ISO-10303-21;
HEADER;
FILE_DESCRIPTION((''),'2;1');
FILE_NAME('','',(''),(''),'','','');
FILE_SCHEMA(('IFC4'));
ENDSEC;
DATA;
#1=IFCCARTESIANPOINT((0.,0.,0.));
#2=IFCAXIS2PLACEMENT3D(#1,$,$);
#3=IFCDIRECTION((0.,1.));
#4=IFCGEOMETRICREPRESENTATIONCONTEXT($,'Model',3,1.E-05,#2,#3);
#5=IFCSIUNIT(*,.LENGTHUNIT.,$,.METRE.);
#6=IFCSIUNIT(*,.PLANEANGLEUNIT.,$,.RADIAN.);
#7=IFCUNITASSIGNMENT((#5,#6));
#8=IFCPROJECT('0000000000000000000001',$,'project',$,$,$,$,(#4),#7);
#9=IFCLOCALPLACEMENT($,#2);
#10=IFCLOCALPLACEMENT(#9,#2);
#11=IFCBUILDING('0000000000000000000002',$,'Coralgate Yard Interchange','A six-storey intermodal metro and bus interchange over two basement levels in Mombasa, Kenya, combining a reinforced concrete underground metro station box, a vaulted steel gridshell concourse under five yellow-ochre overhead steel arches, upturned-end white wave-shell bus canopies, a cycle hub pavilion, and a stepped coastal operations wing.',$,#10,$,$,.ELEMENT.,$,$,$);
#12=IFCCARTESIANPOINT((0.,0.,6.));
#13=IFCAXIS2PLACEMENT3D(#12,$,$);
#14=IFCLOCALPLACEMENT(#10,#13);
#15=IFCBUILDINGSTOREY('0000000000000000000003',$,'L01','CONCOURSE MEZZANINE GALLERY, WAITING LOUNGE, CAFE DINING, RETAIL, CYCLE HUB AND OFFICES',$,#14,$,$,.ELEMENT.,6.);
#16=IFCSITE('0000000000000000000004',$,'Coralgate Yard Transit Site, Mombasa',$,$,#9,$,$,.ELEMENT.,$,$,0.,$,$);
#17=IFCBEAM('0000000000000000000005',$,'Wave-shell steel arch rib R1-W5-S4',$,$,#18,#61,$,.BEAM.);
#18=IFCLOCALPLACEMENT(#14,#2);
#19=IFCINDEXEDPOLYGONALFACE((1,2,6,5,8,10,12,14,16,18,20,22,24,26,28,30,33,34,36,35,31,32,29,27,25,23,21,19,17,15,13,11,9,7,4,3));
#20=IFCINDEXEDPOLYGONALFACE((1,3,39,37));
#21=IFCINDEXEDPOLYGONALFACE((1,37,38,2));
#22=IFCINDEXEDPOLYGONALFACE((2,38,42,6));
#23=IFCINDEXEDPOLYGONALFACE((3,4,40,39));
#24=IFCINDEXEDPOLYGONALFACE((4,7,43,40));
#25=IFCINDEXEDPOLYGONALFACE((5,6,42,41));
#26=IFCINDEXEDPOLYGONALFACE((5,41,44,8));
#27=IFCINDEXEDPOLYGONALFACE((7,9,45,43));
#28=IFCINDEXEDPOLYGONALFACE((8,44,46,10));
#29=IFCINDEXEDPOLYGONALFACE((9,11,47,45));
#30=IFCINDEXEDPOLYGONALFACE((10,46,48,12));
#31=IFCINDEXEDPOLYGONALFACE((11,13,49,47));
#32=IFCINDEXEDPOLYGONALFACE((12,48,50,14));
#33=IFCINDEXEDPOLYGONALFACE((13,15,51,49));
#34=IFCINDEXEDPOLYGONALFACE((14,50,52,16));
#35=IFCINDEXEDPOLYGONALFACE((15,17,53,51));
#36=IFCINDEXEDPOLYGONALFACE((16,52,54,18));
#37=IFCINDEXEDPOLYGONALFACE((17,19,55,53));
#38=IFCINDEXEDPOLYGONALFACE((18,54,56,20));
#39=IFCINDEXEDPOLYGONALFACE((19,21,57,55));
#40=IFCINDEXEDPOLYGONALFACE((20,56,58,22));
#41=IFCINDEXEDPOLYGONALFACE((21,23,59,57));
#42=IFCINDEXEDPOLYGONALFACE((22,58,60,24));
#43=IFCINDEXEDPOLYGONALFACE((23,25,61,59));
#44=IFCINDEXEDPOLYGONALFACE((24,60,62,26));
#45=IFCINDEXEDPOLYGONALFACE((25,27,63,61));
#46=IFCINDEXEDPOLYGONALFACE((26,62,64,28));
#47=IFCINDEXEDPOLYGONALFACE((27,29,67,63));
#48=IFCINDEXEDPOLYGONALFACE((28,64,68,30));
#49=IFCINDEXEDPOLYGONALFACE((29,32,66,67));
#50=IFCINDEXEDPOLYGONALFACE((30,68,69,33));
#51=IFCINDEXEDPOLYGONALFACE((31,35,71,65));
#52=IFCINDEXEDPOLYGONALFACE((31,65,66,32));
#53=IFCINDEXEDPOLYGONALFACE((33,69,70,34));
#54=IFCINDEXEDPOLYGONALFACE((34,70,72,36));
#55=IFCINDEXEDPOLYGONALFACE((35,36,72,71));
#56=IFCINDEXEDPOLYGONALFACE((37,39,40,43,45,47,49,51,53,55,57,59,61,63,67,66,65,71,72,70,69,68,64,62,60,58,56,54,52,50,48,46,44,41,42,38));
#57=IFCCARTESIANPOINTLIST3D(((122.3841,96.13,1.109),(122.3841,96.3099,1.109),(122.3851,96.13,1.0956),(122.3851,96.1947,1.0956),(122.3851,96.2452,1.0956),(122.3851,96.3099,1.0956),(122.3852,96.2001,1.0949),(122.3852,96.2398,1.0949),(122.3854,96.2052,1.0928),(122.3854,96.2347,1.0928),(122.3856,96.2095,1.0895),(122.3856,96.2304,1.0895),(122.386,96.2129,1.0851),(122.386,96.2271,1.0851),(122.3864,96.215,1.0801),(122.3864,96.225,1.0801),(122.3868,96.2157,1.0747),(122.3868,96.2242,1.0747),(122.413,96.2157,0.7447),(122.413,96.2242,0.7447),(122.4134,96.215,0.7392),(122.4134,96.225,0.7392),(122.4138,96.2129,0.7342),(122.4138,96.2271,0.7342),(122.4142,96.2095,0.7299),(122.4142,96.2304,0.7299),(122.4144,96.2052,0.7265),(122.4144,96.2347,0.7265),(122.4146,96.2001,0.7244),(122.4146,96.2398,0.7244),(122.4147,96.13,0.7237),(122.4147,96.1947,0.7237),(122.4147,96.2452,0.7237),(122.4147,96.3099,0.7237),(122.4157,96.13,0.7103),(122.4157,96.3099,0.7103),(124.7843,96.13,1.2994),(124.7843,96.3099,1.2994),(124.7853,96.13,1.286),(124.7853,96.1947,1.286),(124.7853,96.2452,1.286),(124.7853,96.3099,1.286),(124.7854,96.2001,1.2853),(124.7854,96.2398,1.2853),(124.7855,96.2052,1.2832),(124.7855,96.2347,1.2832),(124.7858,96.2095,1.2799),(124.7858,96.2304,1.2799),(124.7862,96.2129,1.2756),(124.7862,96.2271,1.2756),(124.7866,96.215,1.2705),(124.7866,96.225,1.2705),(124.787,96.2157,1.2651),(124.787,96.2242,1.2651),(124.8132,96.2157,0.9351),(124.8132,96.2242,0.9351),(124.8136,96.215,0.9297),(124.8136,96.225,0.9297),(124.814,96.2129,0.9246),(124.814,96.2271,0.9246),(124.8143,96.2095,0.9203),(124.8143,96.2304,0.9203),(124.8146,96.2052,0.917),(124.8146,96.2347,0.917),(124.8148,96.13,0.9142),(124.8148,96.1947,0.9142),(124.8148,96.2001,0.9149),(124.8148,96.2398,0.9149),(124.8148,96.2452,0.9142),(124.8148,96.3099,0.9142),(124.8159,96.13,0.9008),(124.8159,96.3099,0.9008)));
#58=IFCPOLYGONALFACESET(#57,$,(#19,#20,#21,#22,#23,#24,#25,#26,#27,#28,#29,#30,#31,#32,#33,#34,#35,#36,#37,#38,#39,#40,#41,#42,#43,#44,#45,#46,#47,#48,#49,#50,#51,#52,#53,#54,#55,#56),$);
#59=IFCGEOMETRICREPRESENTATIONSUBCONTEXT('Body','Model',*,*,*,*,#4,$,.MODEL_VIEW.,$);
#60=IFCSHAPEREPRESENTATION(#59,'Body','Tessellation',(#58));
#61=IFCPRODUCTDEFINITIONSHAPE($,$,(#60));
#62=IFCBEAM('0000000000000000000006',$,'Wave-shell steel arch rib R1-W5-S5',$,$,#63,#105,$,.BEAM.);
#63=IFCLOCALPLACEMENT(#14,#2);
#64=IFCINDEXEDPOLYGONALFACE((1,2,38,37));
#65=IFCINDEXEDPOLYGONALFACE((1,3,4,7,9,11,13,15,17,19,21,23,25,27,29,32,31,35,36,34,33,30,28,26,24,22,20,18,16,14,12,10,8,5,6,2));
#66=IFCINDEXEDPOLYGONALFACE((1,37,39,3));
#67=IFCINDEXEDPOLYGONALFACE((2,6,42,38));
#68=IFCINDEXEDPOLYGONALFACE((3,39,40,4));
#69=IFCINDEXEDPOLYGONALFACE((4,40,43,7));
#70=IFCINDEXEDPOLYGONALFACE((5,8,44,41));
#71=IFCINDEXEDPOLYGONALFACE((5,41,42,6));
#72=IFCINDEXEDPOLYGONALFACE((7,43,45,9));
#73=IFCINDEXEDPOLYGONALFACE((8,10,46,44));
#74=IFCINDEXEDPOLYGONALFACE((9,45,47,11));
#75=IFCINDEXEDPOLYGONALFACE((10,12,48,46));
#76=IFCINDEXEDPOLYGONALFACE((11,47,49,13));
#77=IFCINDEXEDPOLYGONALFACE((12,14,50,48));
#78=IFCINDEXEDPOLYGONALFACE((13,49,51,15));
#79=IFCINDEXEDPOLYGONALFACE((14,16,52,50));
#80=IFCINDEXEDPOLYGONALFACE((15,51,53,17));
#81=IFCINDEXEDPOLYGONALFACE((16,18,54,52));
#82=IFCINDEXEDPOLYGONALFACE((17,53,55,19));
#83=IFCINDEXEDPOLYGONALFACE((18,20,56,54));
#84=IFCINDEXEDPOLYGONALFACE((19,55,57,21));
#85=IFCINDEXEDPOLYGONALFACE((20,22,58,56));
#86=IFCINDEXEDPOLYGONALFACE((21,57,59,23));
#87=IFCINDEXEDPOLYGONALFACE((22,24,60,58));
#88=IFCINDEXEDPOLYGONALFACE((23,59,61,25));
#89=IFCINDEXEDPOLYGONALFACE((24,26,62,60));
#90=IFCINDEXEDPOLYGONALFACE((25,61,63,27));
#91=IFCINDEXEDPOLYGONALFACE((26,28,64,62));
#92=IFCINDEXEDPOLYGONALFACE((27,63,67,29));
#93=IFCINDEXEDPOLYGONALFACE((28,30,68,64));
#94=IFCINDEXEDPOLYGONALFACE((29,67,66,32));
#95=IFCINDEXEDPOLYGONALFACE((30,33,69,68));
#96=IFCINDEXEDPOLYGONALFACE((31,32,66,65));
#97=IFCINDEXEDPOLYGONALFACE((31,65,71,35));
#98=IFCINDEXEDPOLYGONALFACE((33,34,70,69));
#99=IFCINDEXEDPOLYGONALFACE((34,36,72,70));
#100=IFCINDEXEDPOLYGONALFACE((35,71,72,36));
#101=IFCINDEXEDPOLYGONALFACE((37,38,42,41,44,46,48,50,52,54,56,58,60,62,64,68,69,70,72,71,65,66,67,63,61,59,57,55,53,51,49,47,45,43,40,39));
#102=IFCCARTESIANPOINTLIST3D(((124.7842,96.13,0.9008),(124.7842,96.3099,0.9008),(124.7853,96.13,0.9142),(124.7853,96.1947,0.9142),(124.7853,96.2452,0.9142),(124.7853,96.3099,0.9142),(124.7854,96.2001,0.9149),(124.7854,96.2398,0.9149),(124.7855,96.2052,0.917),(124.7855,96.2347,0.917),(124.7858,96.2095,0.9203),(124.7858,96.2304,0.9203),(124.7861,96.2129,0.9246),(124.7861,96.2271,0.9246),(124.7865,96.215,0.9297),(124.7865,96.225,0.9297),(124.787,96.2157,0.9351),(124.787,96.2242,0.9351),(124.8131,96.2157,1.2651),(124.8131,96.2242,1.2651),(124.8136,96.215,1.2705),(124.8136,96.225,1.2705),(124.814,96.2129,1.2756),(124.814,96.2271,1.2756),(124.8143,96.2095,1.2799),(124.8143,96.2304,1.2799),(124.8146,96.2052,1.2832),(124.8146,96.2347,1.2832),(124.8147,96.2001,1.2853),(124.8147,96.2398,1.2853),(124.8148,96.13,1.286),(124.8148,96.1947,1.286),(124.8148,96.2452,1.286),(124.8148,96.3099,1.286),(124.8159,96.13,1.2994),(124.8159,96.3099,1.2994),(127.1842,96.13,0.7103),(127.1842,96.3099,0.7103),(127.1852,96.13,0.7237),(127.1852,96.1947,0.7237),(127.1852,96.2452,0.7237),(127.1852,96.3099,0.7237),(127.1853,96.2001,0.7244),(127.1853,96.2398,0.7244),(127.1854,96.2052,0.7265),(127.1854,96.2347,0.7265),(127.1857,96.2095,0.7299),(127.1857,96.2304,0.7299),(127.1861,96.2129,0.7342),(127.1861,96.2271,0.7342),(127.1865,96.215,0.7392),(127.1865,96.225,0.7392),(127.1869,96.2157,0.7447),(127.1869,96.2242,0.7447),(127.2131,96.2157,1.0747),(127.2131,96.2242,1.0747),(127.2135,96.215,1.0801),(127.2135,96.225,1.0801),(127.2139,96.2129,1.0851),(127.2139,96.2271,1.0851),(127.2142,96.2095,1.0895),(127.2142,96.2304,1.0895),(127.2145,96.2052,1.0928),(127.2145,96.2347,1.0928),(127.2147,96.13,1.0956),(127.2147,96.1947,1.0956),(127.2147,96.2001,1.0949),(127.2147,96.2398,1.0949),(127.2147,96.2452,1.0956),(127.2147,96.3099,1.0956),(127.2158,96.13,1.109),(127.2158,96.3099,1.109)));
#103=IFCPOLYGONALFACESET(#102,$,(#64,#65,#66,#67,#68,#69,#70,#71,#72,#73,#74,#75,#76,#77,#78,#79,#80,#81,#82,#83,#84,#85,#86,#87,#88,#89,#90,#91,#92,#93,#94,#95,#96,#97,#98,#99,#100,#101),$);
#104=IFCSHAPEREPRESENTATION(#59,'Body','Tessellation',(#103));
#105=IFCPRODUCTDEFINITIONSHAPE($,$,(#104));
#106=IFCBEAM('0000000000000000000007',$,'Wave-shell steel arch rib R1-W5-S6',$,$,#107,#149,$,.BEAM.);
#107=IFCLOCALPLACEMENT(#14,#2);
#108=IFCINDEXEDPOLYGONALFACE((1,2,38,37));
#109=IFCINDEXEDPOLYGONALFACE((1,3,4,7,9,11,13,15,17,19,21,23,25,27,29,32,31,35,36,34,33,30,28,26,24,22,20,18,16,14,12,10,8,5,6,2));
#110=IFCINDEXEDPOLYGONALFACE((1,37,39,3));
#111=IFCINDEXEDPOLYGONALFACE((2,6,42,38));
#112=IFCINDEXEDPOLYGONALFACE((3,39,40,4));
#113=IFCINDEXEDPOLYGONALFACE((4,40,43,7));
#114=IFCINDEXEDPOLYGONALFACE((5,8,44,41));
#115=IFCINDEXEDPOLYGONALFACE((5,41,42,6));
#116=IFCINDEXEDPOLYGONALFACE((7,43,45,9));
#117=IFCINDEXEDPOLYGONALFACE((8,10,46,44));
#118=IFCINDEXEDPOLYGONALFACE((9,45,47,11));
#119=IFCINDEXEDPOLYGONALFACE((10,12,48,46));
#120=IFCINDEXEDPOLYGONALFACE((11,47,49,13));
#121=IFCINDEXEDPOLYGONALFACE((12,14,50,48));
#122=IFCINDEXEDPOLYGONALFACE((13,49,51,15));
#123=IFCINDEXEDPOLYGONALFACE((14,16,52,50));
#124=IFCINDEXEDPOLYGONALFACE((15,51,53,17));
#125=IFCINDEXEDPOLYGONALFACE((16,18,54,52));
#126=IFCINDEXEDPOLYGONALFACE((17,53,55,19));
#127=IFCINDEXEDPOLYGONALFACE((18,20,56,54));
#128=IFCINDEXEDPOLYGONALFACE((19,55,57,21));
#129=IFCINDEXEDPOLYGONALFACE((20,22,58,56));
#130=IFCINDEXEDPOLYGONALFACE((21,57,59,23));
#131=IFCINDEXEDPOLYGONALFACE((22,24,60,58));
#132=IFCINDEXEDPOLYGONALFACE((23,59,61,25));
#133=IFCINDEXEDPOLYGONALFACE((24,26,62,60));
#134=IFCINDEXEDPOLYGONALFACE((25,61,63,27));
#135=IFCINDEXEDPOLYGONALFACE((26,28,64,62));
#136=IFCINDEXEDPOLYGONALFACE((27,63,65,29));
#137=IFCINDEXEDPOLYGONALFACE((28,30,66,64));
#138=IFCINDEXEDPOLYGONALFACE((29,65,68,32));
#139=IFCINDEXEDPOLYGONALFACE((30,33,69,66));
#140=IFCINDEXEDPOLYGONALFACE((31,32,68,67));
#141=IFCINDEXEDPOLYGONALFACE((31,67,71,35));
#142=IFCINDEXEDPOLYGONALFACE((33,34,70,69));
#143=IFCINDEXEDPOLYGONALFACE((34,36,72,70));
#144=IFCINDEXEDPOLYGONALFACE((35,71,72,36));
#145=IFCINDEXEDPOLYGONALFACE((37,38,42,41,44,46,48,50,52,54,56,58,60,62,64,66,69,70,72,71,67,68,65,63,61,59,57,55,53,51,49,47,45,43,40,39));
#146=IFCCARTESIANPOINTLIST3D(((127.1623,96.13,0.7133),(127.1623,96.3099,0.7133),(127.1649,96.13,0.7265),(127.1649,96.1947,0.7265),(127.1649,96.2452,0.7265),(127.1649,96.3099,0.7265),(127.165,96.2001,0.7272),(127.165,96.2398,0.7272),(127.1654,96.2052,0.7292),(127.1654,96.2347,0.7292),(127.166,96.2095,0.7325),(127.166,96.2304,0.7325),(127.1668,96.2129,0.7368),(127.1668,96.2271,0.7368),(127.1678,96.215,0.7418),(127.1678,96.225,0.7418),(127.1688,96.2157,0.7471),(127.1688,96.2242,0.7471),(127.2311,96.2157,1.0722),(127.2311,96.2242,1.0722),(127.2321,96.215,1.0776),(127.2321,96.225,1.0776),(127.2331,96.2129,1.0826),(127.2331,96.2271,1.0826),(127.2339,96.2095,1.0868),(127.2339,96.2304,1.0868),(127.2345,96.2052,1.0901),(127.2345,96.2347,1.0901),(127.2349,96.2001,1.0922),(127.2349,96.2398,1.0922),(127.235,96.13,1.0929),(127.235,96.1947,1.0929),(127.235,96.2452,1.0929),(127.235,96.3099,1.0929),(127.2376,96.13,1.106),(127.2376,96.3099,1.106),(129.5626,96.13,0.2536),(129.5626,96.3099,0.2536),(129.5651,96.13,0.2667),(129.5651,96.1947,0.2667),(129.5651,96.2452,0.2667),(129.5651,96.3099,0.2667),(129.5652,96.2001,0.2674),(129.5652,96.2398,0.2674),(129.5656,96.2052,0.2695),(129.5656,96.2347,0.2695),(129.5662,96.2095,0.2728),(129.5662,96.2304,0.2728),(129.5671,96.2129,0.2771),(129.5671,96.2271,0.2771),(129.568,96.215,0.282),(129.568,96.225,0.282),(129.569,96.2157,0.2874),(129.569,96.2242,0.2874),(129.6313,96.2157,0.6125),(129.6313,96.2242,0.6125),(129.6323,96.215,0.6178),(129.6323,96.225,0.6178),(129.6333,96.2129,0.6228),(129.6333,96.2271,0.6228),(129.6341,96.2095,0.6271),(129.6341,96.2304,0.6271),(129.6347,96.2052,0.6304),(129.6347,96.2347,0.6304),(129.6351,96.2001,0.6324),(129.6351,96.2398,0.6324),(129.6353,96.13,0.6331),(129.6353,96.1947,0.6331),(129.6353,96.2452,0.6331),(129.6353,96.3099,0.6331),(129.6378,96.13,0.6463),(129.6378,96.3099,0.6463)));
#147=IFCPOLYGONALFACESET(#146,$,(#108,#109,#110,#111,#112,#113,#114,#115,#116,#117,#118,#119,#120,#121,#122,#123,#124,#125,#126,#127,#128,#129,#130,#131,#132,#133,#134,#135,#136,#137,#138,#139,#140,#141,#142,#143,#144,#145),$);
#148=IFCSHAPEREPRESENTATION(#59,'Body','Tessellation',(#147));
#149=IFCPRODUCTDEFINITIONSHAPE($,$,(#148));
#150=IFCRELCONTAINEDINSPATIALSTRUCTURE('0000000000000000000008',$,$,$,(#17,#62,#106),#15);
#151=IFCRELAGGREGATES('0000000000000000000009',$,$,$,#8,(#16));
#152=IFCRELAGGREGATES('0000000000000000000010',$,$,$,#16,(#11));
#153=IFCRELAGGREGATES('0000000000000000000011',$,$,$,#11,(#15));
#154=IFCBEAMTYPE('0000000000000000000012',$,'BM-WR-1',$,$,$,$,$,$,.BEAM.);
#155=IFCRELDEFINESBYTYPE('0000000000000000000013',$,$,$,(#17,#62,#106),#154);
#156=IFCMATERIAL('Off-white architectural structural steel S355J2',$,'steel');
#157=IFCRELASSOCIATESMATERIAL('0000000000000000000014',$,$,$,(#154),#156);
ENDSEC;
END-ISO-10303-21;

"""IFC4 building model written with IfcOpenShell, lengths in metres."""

from ifc_helpers import new_model, si_unit, direction, frame, origin, origin_2d, place, context, subcontext, project, spatial, i_section, extrude, material, material_profile, profile_set, type_object, element, save


model = new_model("IFC4")

# Units and contexts
model_context = context("Model", 3, precision=1e-05, world=origin(), true_north=direction((0.0, 1.0)))
body_context = subcontext(model_context, "Body", "Model", "MODEL_VIEW")
ifc_project = project(units=[si_unit("LENGTHUNIT", "METRE"), si_unit("PLANEANGLEUNIT", "RADIAN")], contexts=[model_context])

# Site, building, storey
site_placement = place(None, origin())
site = spatial("IfcSite", under=ifc_project, at=site_placement, Name="Coralgate Yard Transit Site, Mombasa", CompositionType="ELEMENT", RefElevation=0.0)
building_placement = place(site_placement, origin())
building = spatial("IfcBuilding", under=site, at=building_placement, Name="Coralgate Yard Interchange", Description="A six-storey intermodal metro and bus interchange over two basement levels in Mombasa, Kenya, combining a reinforced concrete underground metro station box, a vaulted steel gridshell concourse under five yellow-ochre overhead steel arches, upturned-end white wave-shell bus canopies, a cycle hub pavilion, and a stepped coastal operations wing.", CompositionType="ELEMENT")
storey_placement = place(building_placement, frame((0.0, 0.0, 6.0)))
storey = spatial("IfcBuildingStorey", under=building, at=storey_placement, Name="L01", Description="CONCOURSE MEZZANINE GALLERY, WAITING LOUNGE, CAFE DINING, RETAIL, CYCLE HUB AND OFFICES", CompositionType="ELEMENT", Elevation=6.0)

# Beams
ifc_material_1 = material(Name="Off-white architectural structural steel S355J2", Category="steel")
ifc_material_profile_1 = material_profile(ifc_material_1, i_section(OverallWidth=0.1799, OverallDepth=0.3999, WebThickness=0.0085, FlangeThickness=0.0134, FilletRadius=0.021, at=origin_2d()), Name="IPE 400")
ifc_profile_set_1 = profile_set([ifc_material_profile_1], Name="Off-white architectural structural steel S355J2")
beam_type_1 = type_object("IfcBeamType", Name="BM-WR-1", PredefinedType="BEAM", material=ifc_profile_set_1)
beam_1_placement = place(storey_placement, frame((122.3999, 96.22, 0.9097), z_axis=(0.996867, 0.0, 0.079092), x_axis=(0.0, 1.0, 0.0)))
element("IfcBeam", 1, at=beam_1_placement, inside=storey, type_object=beam_type_1, Name="Wave-shell steel arch rib R1-W5-S4", PredefinedType="BEAM", context=body_context, shape_type="SweptSolid", body=[
    extrude(i_section(OverallWidth=0.1799, OverallDepth=0.3999, WebThickness=0.0085, FlangeThickness=0.0134, FilletRadius=0.021, at=origin_2d()), origin(), (0.0, 0.0, 1.0), 2.4077),
])
beam_2_placement = place(storey_placement, frame((124.8, 96.22, 1.1001), z_axis=(0.996867, 0.0, -0.0791), x_axis=(0.0, 1.0, 0.0)))
element("IfcBeam", 2, at=beam_2_placement, inside=storey, type_object=beam_type_1, Name="Wave-shell steel arch rib R1-W5-S5", PredefinedType="BEAM", context=body_context, shape_type="SweptSolid", body=[
    extrude(i_section(OverallWidth=0.1799, OverallDepth=0.3999, WebThickness=0.0085, FlangeThickness=0.0134, FilletRadius=0.021, at=origin_2d()), origin(), (0.0, 0.0, 1.0), 2.4075),
])
beam_3_placement = place(storey_placement, frame((127.2, 96.22, 0.9097), z_axis=(0.982147, 0.0, -0.188117), x_axis=(0.0, 1.0, 0.0)))
element("IfcBeam", 3, at=beam_3_placement, inside=storey, type_object=beam_type_1, Name="Wave-shell steel arch rib R1-W5-S6", PredefinedType="BEAM", context=body_context, shape_type="SweptSolid", body=[
    extrude(i_section(OverallWidth=0.1799, OverallDepth=0.3999, WebThickness=0.0085, FlangeThickness=0.0134, FilletRadius=0.021, at=origin_2d()), origin(), (0.0, 0.0, 1.0), 2.4438),
])

save(model, "model.ifc")
